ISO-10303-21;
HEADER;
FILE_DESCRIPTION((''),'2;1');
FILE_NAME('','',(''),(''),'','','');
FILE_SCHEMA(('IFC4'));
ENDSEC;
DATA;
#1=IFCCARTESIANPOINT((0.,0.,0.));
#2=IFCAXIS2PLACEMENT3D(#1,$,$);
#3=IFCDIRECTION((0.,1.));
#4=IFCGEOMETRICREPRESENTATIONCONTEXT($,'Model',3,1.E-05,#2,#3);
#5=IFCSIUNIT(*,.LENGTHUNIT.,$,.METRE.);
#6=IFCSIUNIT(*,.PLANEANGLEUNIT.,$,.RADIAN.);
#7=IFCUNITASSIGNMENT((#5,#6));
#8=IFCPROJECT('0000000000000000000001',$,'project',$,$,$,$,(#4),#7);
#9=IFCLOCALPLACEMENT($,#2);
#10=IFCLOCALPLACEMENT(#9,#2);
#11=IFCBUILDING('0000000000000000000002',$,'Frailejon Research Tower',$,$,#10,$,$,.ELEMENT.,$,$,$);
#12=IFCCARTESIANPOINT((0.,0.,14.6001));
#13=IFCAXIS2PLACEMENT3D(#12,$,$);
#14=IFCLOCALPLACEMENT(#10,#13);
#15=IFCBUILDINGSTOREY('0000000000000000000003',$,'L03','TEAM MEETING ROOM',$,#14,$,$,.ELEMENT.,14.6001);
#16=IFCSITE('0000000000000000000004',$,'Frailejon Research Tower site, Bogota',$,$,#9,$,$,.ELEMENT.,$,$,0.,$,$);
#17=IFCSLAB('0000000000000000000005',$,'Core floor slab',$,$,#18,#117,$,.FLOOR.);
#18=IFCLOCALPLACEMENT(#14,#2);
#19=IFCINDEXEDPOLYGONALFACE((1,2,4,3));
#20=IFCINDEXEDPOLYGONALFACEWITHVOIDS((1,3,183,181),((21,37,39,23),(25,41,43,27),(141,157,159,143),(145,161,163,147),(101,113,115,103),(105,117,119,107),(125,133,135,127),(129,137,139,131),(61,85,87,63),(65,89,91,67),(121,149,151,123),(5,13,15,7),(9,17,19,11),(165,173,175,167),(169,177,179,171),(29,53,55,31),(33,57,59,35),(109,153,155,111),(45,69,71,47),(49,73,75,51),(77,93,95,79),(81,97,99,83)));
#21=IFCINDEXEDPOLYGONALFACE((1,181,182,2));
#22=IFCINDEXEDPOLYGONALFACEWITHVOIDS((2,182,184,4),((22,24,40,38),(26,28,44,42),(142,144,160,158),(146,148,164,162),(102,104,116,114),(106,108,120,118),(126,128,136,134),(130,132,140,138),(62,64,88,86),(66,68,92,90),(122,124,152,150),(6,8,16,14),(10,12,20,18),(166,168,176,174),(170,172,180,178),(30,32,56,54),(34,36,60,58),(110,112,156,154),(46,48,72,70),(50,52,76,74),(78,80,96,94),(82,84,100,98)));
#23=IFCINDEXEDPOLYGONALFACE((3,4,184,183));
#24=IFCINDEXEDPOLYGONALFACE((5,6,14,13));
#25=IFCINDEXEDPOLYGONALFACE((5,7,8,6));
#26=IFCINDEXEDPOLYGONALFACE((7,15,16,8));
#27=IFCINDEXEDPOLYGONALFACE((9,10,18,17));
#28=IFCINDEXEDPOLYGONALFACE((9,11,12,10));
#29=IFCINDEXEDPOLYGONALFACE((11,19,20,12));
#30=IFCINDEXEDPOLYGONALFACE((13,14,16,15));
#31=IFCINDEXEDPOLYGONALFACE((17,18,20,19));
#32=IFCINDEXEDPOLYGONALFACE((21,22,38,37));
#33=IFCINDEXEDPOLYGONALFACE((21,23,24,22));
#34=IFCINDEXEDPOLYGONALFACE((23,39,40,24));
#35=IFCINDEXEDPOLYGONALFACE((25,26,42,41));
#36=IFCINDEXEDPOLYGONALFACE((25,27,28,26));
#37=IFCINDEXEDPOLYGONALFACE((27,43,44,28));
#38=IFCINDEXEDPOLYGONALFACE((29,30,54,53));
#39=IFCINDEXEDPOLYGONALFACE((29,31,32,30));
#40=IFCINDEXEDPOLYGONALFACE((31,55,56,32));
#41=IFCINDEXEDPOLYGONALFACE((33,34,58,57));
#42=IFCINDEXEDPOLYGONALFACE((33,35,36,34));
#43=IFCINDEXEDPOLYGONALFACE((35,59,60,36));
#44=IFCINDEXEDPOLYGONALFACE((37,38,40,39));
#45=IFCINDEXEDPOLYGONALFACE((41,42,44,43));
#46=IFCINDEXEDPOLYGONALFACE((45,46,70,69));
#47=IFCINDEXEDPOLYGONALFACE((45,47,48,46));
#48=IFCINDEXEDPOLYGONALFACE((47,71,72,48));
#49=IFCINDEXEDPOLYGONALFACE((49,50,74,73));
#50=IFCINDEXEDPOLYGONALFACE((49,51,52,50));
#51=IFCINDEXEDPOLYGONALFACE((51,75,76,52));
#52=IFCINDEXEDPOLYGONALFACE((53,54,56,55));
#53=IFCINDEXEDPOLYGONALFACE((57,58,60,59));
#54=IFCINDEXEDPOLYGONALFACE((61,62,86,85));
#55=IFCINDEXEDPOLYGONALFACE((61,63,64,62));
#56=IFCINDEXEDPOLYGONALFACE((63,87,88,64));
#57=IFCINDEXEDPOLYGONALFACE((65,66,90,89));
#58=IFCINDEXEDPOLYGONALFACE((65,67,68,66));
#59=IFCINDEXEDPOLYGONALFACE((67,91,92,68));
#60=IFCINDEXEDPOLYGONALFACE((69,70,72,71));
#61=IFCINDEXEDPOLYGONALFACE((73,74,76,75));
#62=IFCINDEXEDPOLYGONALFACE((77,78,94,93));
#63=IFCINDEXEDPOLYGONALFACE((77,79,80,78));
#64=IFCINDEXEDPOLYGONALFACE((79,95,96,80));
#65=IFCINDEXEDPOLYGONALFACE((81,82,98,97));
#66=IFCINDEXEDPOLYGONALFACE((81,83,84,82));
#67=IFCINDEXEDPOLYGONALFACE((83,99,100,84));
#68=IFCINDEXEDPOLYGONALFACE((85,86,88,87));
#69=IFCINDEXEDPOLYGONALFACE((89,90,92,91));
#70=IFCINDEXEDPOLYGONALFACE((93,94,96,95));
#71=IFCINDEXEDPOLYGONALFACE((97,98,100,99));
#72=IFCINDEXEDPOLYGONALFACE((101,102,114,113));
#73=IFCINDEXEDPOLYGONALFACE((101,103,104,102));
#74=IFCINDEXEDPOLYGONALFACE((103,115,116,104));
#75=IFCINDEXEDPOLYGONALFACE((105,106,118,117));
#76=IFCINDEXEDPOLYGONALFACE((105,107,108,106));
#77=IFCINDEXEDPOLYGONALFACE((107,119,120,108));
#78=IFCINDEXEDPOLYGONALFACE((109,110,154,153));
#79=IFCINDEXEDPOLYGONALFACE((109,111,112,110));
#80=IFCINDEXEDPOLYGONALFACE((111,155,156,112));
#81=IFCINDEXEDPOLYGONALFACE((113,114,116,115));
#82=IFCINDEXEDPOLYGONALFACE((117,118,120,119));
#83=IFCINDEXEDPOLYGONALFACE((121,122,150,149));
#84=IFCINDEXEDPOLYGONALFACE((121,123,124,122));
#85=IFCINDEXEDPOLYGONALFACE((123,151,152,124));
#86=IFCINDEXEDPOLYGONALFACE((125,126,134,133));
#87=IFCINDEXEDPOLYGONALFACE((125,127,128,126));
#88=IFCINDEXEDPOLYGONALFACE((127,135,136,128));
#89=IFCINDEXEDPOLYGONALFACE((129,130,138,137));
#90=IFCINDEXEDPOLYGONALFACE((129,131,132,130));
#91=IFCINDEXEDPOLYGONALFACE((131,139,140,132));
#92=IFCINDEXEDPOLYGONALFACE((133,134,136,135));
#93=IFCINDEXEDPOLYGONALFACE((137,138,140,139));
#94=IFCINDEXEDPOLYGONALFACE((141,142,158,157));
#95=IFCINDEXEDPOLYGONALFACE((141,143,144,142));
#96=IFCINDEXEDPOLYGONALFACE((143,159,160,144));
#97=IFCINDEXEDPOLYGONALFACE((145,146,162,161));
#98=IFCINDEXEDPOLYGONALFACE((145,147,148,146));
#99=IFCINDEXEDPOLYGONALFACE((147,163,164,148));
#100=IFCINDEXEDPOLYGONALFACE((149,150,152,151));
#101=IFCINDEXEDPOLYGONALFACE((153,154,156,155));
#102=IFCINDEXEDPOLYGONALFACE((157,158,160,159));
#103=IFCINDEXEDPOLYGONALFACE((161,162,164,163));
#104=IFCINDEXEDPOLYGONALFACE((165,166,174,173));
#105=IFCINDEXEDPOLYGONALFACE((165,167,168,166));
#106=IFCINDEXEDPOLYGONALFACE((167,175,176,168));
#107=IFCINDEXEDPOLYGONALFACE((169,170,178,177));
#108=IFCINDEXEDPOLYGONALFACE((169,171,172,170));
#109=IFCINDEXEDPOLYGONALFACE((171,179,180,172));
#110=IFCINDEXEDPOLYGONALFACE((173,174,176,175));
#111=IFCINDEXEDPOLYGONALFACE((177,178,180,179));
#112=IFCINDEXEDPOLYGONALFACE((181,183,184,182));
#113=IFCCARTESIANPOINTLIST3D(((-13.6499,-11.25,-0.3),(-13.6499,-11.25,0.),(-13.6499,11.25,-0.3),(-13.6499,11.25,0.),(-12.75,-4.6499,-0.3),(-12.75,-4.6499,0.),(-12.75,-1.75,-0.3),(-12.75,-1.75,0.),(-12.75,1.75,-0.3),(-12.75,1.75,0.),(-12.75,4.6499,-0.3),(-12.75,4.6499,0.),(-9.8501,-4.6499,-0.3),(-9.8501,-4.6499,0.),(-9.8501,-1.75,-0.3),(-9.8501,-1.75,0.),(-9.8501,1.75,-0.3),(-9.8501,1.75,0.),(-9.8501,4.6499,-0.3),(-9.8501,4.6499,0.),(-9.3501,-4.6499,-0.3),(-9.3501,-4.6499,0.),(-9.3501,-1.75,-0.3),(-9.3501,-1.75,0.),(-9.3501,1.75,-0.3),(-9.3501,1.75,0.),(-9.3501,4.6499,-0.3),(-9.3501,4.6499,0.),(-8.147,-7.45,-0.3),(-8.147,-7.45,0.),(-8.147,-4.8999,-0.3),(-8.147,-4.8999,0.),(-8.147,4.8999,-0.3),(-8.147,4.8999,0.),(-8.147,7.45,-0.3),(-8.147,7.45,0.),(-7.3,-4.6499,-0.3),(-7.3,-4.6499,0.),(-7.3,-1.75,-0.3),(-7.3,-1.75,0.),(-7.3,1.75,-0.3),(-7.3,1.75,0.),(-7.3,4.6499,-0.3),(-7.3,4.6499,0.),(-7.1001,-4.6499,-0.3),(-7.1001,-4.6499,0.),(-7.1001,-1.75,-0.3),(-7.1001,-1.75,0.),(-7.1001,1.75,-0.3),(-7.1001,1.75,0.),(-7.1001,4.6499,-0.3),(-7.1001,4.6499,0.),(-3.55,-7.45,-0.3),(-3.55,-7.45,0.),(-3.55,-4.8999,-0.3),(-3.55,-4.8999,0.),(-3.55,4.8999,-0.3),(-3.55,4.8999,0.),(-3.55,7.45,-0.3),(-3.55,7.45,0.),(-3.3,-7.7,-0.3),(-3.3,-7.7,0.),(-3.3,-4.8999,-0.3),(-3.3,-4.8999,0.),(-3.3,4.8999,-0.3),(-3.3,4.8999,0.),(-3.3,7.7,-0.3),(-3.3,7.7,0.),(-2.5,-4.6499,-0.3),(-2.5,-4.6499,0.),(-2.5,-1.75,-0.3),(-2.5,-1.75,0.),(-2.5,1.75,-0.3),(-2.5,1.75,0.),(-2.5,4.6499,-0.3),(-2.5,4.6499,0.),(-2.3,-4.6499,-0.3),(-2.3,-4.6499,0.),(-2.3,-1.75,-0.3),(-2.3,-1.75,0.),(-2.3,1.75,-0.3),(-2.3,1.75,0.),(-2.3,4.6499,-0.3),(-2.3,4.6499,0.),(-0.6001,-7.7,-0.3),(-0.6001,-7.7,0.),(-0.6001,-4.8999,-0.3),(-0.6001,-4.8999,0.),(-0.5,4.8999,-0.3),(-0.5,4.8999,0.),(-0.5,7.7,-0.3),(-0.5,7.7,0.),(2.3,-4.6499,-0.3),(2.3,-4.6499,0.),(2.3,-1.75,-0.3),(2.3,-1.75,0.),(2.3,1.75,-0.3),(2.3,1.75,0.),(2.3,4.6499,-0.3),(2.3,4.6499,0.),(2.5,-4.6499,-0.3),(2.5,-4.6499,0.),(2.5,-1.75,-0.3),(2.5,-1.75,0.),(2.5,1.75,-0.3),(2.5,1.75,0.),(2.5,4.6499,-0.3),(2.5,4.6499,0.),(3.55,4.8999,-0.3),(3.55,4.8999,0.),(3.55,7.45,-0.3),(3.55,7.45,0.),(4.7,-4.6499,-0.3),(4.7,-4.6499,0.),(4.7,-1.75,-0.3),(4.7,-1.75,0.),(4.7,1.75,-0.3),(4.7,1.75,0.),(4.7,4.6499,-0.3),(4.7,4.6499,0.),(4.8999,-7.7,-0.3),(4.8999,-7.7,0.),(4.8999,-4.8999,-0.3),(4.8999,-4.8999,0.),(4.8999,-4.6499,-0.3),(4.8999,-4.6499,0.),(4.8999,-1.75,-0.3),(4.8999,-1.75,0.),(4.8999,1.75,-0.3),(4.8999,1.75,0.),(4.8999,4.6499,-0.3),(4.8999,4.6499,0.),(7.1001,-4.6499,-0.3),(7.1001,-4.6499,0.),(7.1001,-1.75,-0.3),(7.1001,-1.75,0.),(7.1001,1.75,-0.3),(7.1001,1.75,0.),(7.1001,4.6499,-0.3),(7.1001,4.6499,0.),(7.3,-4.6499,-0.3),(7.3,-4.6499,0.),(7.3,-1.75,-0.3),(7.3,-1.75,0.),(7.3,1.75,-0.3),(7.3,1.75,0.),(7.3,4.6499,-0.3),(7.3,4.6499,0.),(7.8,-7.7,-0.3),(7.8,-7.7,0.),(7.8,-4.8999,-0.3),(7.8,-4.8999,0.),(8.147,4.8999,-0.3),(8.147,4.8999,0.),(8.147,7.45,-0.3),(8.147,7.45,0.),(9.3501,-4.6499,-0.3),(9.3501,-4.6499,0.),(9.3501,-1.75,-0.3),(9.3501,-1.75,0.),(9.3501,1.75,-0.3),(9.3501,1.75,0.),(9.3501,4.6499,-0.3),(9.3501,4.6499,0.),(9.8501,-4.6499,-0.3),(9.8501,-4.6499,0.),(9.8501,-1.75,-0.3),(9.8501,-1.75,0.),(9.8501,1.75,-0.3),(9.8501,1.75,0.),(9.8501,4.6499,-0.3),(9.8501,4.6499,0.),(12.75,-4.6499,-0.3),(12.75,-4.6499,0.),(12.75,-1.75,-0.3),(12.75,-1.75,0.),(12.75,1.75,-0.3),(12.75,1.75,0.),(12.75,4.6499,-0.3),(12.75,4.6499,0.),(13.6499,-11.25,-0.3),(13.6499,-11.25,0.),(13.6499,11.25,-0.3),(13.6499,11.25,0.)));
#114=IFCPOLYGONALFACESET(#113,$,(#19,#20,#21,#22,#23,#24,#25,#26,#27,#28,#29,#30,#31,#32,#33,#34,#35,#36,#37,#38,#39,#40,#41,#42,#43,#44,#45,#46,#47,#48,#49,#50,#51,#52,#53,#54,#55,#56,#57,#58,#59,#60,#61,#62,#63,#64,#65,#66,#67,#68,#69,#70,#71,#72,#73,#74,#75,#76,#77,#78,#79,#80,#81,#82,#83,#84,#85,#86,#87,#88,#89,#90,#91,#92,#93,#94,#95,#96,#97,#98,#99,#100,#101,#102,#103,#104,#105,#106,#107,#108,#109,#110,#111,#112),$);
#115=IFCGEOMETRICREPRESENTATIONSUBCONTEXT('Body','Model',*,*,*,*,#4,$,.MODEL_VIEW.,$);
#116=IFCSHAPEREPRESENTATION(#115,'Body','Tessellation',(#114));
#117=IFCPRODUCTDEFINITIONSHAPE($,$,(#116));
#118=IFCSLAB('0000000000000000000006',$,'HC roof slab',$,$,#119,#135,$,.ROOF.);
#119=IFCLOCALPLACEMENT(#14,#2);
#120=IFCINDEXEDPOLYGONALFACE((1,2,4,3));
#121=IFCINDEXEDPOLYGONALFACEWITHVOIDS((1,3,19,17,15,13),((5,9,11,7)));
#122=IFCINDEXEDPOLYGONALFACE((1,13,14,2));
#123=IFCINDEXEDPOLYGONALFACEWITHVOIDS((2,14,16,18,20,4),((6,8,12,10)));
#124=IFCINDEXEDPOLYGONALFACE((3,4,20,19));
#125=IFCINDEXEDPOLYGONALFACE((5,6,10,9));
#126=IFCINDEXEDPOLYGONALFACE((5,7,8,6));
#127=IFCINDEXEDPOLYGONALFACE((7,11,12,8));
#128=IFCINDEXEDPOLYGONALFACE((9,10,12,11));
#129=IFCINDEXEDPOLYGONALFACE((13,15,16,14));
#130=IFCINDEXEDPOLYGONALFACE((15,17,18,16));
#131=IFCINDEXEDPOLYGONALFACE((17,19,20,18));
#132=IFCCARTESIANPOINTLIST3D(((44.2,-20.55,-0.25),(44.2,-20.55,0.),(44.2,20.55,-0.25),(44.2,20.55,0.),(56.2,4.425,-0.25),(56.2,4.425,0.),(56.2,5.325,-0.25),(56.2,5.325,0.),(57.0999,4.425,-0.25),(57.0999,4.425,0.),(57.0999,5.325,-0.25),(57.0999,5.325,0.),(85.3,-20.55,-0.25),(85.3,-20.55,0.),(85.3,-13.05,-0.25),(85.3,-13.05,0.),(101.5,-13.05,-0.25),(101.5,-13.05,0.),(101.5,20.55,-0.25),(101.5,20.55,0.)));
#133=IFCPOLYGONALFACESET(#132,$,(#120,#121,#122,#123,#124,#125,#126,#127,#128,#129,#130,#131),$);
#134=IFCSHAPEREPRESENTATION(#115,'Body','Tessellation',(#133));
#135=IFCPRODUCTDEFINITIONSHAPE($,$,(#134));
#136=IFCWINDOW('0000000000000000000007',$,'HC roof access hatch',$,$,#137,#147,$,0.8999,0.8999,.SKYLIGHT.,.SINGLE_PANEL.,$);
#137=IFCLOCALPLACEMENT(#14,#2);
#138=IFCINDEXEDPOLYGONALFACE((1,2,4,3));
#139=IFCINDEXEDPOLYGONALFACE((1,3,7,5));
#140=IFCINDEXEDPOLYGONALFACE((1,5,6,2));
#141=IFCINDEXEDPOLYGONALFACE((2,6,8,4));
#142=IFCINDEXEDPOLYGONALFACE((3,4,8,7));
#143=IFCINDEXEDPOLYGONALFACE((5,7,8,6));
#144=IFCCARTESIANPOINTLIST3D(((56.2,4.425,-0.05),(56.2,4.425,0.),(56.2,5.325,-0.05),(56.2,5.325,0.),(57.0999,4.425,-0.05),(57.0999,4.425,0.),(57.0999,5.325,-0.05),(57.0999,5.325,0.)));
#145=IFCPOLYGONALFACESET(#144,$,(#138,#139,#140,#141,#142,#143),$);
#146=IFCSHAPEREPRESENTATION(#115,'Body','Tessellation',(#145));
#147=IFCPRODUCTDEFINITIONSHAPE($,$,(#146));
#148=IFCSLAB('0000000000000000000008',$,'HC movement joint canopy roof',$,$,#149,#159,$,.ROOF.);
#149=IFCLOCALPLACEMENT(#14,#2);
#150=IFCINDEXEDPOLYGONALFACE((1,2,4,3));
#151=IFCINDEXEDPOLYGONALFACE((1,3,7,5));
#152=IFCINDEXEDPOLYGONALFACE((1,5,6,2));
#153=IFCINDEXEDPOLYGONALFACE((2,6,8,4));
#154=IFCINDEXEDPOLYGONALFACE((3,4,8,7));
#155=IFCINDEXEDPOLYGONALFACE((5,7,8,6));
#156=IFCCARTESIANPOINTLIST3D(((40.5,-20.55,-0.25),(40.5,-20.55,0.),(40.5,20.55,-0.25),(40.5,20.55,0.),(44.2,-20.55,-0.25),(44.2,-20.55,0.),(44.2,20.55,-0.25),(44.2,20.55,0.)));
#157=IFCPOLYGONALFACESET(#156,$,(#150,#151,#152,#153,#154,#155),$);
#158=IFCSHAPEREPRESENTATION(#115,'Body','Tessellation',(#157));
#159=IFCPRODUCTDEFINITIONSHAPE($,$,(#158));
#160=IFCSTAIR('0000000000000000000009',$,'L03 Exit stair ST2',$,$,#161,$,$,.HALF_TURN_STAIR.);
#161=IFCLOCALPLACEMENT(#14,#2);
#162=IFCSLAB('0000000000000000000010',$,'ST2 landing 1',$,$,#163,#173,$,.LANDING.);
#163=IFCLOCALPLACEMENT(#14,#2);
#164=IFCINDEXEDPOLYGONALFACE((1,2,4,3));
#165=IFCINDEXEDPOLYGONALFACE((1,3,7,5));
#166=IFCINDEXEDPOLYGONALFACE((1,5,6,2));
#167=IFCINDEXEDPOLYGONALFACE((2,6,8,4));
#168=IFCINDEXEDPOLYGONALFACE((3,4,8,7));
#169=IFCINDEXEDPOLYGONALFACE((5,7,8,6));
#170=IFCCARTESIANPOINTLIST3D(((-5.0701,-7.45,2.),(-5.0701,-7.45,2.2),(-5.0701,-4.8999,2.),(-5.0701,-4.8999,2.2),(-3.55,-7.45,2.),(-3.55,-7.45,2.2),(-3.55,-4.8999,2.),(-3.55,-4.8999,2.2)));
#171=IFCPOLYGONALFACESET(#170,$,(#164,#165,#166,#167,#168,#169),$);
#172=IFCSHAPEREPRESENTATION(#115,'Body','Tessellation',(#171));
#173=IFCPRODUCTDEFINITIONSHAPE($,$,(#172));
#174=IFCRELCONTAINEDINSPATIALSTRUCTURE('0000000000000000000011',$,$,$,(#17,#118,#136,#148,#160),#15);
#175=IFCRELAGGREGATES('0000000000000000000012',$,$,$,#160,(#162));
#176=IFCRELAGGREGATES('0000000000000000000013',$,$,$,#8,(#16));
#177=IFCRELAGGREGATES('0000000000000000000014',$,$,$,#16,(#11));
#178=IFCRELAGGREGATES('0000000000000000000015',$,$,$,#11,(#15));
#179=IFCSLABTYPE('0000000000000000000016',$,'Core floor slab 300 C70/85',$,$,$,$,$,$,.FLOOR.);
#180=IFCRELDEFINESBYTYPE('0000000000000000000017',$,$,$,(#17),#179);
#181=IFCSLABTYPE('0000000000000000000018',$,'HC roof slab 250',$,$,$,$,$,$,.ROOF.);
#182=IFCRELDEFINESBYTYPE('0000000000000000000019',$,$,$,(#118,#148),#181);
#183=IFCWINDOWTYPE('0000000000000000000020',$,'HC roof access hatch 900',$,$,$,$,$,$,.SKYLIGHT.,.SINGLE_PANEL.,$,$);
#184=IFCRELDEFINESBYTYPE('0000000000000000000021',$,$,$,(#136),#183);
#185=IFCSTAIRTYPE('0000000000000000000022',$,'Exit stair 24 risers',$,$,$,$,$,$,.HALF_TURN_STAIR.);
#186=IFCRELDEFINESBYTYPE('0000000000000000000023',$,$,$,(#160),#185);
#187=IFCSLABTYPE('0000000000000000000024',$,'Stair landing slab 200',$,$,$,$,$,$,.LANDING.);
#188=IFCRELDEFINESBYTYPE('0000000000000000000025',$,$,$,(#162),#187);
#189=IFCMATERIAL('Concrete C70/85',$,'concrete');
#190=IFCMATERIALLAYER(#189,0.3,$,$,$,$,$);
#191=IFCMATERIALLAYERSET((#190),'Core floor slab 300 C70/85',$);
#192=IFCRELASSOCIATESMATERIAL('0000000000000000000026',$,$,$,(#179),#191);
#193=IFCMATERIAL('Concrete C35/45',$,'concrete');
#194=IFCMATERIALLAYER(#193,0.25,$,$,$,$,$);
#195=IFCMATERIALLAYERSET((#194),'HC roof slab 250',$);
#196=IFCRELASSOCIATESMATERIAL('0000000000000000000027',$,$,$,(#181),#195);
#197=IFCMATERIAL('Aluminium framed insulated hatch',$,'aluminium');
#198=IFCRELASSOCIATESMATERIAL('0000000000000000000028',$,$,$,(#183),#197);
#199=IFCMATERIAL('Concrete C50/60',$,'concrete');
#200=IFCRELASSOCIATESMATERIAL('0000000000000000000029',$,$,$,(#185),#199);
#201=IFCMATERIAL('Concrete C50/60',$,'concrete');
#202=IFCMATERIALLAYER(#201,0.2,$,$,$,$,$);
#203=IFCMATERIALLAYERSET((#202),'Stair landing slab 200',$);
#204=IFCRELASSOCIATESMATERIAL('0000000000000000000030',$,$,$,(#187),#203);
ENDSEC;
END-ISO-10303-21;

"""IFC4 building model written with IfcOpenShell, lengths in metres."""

from ifc_helpers import new_model, si_unit, direction, frame, origin, origin_2d, place, context, subcontext, project, spatial, polyline, rectangle, outline, extrude, material, layer, layer_set, type_object, element, fill, aggregate, save


model = new_model("IFC4")

# Units and contexts
model_context = context("Model", 3, precision=1e-05, world=origin(), true_north=direction((0.0, 1.0)))
body_context = subcontext(model_context, "Body", "Model", "MODEL_VIEW")
ifc_project = project(units=[si_unit("LENGTHUNIT", "METRE"), si_unit("PLANEANGLEUNIT", "RADIAN")], contexts=[model_context])

# Site, building, storey
site_placement = place(None, origin())
site = spatial("IfcSite", under=ifc_project, at=site_placement, Name="Frailejon Research Tower site, Bogota", CompositionType="ELEMENT", RefElevation=0.0)
building_placement = place(site_placement, origin())
building = spatial("IfcBuilding", under=site, at=building_placement, Name="Frailejon Research Tower", CompositionType="ELEMENT")
storey_placement = place(building_placement, frame((0.0, 0.0, 14.6001)))
storey = spatial("IfcBuildingStorey", under=building, at=storey_placement, Name="L03", Description="TEAM MEETING ROOM", CompositionType="ELEMENT", Elevation=14.6001)

# Slab
ifc_material_1 = material(Name="Concrete C70/85", Category="concrete")
ifc_layer_1 = layer(ifc_material_1, 0.3)
ifc_layer_set_1 = layer_set([ifc_layer_1], Name="Core floor slab 300 C70/85")
slab_type_1 = type_object("IfcSlabType", Name="Core floor slab 300 C70/85", PredefinedType="FLOOR", material=ifc_layer_set_1)
slab_1_placement = place(storey_placement, frame((0.0, 0.0, -0.3)))
element("IfcSlab", 1, at=slab_1_placement, inside=storey, type_object=slab_type_1, Name="Core floor slab", PredefinedType="FLOOR", context=body_context, shape_type="SweptSolid", body=[
    extrude(outline(polyline([(13.6499, -11.25), (13.6499, 11.25), (-13.6499, 11.25), (-13.6499, -11.25), (13.6499, -11.25)]), holes=[polyline([(-9.8501, 1.75), (-9.8501, 4.6499), (-12.75, 4.6499), (-12.75, 1.75), (-9.8501, 1.75)]), polyline([(-7.3, 1.75), (-7.3, 4.6499), (-9.3501, 4.6499), (-9.3501, 1.75), (-7.3, 1.75)]), polyline([(-2.5, 1.75), (-2.5, 4.6499), (-7.1001, 4.6499), (-7.1001, 1.75), (-2.5, 1.75)]), polyline([(2.3, 1.75), (2.3, 4.6499), (-2.3, 4.6499), (-2.3, 1.75), (2.3, 1.75)]), polyline([(4.7, 1.75), (4.7, 4.6499), (2.5, 4.6499), (2.5, 1.75), (4.7, 1.75)]), polyline([(7.1001, 1.75), (7.1001, 4.6499), (4.8999, 4.6499), (4.8999, 1.75), (7.1001, 1.75)]), polyline([(9.3501, 1.75), (9.3501, 4.6499), (7.3, 4.6499), (7.3, 1.75), (9.3501, 1.75)]), polyline([(12.75, 1.75), (12.75, 4.6499), (9.8501, 4.6499), (9.8501, 1.75), (12.75, 1.75)]), polyline([(-9.8501, -4.6499), (-9.8501, -1.75), (-12.75, -1.75), (-12.75, -4.6499), (-9.8501, -4.6499)]), polyline([(-7.3, -4.6499), (-7.3, -1.75), (-9.3501, -1.75), (-9.3501, -4.6499), (-7.3, -4.6499)]), polyline([(-2.5, -4.6499), (-2.5, -1.75), (-7.1001, -1.75), (-7.1001, -4.6499), (-2.5, -4.6499)]), polyline([(2.3, -4.6499), (2.3, -1.75), (-2.3, -1.75), (-2.3, -4.6499), (2.3, -4.6499)]), polyline([(4.7, -4.6499), (4.7, -1.75), (2.5, -1.75), (2.5, -4.6499), (4.7, -4.6499)]), polyline([(7.1001, -4.6499), (7.1001, -1.75), (4.8999, -1.75), (4.8999, -4.6499), (7.1001, -4.6499)]), polyline([(9.3501, -4.6499), (9.3501, -1.75), (7.3, -1.75), (7.3, -4.6499), (9.3501, -4.6499)]), polyline([(12.75, -4.6499), (12.75, -1.75), (9.8501, -1.75), (9.8501, -4.6499), (12.75, -4.6499)]), polyline([(-8.147, 4.8999), (-3.55, 4.8999), (-3.55, 7.45), (-8.147, 7.45), (-8.147, 4.8999)]), polyline([(-8.147, -7.45), (-3.55, -7.45), (-3.55, -4.8999), (-8.147, -4.8999), (-8.147, -7.45)]), polyline([(8.147, 7.45), (3.55, 7.45), (3.55, 4.8999), (8.147, 4.8999), (8.147, 7.45)]), polyline([(-0.6001, -7.7), (-0.6001, -4.8999), (-3.3, -4.8999), (-3.3, -7.7), (-0.6001, -7.7)]), polyline([(7.8, -7.7), (7.8, -4.8999), (4.8999, -4.8999), (4.8999, -7.7), (7.8, -7.7)]), polyline([(-0.5, 4.8999), (-0.5, 7.7), (-3.3, 7.7), (-3.3, 4.8999), (-0.5, 4.8999)])]), origin(), (0.0, 0.0, 1.0), 0.3),
])

# Slab, opening, window
ifc_material_2 = material(Name="Concrete C35/45", Category="concrete")
ifc_layer_2 = layer(ifc_material_2, 0.25)
ifc_layer_set_2 = layer_set([ifc_layer_2], Name="HC roof slab 250")
slab_type_2 = type_object("IfcSlabType", Name="HC roof slab 250", PredefinedType="ROOF", material=ifc_layer_set_2)
slab_2_placement = place(storey_placement, frame((0.0, 0.0, -0.25)))
slab_2 = element("IfcSlab", 2, at=slab_2_placement, inside=storey, type_object=slab_type_2, Name="HC roof slab", PredefinedType="ROOF", context=body_context, shape_type="SweptSolid", body=[
    extrude(outline(polyline([(85.3, -20.55), (44.2, -20.55), (44.2, -13.05), (44.2, 20.55), (85.3, 20.55), (101.5, 20.55), (101.5, -13.05), (85.3, -13.05), (85.3, -20.55)])), origin(), (0.0, 0.0, 1.0), 0.25),
])
opening_1_placement = place(slab_2_placement, frame((56.6499, 4.875, 0.0)))
opening_1 = element("IfcOpeningElement", 3, at=opening_1_placement, cuts=slab_2, PredefinedType="OPENING", context=body_context, shape_type="SweptSolid", body=[
    extrude(rectangle(XDim=0.8999, YDim=0.8999, at=origin_2d()), origin(), (0.0, 0.0, 1.0), 0.25),
])
ifc_material_3 = material(Name="Aluminium framed insulated hatch", Category="aluminium")
window_type = type_object("IfcWindowType", Name="HC roof access hatch 900", PartitioningType="SINGLE_PANEL", PredefinedType="SKYLIGHT", material=ifc_material_3)
window_placement = place(opening_1_placement, frame((0.0, 0.0, 0.2)))
window = element("IfcWindow", 4, at=window_placement, inside=storey, type_object=window_type, Name="HC roof access hatch", OverallHeight=0.8999, OverallWidth=0.8999, PartitioningType="SINGLE_PANEL", PredefinedType="SKYLIGHT", context=body_context, shape_type="SweptSolid", body=[
    extrude(rectangle(XDim=0.8999, YDim=0.8999, at=origin_2d()), origin(), (0.0, 0.0, 1.0), 0.05),
])
fill(opening_1, window)

# Slab
slab_3_placement = place(storey_placement, frame((0.0, 0.0, -0.25)))
element("IfcSlab", 5, at=slab_3_placement, inside=storey, type_object=slab_type_2, Name="HC movement joint canopy roof", PredefinedType="ROOF", context=body_context, shape_type="SweptSolid", body=[
    extrude(outline(polyline([(44.2, -20.55), (44.2, 20.55), (40.5, 20.55), (40.5, -20.55), (44.2, -20.55)])), origin(), (0.0, 0.0, 1.0), 0.25),
])

# Stair, slab
ifc_material_4 = material(Name="Concrete C50/60", Category="concrete")
stair_type = type_object("IfcStairType", Name="Exit stair 24 risers", PredefinedType="HALF_TURN_STAIR", material=ifc_material_4)
stair_1_placement = place(storey_placement, origin())
stair_1 = element("IfcStair", 6, at=stair_1_placement, inside=storey, type_object=stair_type, Name="L03 Exit stair ST2", PredefinedType="HALF_TURN_STAIR")
ifc_material_5 = material(Name="Concrete C50/60", Category="concrete")
ifc_layer_3 = layer(ifc_material_5, 0.2)
ifc_layer_set_3 = layer_set([ifc_layer_3], Name="Stair landing slab 200")
slab_type_3 = type_object("IfcSlabType", Name="Stair landing slab 200", PredefinedType="LANDING", material=ifc_layer_set_3)
slab_4_placement = place(storey_placement, frame((0.0, 0.0, 2.0)))
slab_4 = element("IfcSlab", 7, at=slab_4_placement, type_object=slab_type_3, Name="ST2 landing 1", PredefinedType="LANDING", context=body_context, shape_type="SweptSolid", body=[
    extrude(outline(polyline([(-5.0701, -7.45), (-3.55, -7.45), (-3.55, -4.8999), (-5.0701, -4.8999), (-5.0701, -7.45)])), origin(), (0.0, 0.0, 1.0), 0.2),
])
aggregate(stair_1, [slab_4])

save(model, "model.ifc")
